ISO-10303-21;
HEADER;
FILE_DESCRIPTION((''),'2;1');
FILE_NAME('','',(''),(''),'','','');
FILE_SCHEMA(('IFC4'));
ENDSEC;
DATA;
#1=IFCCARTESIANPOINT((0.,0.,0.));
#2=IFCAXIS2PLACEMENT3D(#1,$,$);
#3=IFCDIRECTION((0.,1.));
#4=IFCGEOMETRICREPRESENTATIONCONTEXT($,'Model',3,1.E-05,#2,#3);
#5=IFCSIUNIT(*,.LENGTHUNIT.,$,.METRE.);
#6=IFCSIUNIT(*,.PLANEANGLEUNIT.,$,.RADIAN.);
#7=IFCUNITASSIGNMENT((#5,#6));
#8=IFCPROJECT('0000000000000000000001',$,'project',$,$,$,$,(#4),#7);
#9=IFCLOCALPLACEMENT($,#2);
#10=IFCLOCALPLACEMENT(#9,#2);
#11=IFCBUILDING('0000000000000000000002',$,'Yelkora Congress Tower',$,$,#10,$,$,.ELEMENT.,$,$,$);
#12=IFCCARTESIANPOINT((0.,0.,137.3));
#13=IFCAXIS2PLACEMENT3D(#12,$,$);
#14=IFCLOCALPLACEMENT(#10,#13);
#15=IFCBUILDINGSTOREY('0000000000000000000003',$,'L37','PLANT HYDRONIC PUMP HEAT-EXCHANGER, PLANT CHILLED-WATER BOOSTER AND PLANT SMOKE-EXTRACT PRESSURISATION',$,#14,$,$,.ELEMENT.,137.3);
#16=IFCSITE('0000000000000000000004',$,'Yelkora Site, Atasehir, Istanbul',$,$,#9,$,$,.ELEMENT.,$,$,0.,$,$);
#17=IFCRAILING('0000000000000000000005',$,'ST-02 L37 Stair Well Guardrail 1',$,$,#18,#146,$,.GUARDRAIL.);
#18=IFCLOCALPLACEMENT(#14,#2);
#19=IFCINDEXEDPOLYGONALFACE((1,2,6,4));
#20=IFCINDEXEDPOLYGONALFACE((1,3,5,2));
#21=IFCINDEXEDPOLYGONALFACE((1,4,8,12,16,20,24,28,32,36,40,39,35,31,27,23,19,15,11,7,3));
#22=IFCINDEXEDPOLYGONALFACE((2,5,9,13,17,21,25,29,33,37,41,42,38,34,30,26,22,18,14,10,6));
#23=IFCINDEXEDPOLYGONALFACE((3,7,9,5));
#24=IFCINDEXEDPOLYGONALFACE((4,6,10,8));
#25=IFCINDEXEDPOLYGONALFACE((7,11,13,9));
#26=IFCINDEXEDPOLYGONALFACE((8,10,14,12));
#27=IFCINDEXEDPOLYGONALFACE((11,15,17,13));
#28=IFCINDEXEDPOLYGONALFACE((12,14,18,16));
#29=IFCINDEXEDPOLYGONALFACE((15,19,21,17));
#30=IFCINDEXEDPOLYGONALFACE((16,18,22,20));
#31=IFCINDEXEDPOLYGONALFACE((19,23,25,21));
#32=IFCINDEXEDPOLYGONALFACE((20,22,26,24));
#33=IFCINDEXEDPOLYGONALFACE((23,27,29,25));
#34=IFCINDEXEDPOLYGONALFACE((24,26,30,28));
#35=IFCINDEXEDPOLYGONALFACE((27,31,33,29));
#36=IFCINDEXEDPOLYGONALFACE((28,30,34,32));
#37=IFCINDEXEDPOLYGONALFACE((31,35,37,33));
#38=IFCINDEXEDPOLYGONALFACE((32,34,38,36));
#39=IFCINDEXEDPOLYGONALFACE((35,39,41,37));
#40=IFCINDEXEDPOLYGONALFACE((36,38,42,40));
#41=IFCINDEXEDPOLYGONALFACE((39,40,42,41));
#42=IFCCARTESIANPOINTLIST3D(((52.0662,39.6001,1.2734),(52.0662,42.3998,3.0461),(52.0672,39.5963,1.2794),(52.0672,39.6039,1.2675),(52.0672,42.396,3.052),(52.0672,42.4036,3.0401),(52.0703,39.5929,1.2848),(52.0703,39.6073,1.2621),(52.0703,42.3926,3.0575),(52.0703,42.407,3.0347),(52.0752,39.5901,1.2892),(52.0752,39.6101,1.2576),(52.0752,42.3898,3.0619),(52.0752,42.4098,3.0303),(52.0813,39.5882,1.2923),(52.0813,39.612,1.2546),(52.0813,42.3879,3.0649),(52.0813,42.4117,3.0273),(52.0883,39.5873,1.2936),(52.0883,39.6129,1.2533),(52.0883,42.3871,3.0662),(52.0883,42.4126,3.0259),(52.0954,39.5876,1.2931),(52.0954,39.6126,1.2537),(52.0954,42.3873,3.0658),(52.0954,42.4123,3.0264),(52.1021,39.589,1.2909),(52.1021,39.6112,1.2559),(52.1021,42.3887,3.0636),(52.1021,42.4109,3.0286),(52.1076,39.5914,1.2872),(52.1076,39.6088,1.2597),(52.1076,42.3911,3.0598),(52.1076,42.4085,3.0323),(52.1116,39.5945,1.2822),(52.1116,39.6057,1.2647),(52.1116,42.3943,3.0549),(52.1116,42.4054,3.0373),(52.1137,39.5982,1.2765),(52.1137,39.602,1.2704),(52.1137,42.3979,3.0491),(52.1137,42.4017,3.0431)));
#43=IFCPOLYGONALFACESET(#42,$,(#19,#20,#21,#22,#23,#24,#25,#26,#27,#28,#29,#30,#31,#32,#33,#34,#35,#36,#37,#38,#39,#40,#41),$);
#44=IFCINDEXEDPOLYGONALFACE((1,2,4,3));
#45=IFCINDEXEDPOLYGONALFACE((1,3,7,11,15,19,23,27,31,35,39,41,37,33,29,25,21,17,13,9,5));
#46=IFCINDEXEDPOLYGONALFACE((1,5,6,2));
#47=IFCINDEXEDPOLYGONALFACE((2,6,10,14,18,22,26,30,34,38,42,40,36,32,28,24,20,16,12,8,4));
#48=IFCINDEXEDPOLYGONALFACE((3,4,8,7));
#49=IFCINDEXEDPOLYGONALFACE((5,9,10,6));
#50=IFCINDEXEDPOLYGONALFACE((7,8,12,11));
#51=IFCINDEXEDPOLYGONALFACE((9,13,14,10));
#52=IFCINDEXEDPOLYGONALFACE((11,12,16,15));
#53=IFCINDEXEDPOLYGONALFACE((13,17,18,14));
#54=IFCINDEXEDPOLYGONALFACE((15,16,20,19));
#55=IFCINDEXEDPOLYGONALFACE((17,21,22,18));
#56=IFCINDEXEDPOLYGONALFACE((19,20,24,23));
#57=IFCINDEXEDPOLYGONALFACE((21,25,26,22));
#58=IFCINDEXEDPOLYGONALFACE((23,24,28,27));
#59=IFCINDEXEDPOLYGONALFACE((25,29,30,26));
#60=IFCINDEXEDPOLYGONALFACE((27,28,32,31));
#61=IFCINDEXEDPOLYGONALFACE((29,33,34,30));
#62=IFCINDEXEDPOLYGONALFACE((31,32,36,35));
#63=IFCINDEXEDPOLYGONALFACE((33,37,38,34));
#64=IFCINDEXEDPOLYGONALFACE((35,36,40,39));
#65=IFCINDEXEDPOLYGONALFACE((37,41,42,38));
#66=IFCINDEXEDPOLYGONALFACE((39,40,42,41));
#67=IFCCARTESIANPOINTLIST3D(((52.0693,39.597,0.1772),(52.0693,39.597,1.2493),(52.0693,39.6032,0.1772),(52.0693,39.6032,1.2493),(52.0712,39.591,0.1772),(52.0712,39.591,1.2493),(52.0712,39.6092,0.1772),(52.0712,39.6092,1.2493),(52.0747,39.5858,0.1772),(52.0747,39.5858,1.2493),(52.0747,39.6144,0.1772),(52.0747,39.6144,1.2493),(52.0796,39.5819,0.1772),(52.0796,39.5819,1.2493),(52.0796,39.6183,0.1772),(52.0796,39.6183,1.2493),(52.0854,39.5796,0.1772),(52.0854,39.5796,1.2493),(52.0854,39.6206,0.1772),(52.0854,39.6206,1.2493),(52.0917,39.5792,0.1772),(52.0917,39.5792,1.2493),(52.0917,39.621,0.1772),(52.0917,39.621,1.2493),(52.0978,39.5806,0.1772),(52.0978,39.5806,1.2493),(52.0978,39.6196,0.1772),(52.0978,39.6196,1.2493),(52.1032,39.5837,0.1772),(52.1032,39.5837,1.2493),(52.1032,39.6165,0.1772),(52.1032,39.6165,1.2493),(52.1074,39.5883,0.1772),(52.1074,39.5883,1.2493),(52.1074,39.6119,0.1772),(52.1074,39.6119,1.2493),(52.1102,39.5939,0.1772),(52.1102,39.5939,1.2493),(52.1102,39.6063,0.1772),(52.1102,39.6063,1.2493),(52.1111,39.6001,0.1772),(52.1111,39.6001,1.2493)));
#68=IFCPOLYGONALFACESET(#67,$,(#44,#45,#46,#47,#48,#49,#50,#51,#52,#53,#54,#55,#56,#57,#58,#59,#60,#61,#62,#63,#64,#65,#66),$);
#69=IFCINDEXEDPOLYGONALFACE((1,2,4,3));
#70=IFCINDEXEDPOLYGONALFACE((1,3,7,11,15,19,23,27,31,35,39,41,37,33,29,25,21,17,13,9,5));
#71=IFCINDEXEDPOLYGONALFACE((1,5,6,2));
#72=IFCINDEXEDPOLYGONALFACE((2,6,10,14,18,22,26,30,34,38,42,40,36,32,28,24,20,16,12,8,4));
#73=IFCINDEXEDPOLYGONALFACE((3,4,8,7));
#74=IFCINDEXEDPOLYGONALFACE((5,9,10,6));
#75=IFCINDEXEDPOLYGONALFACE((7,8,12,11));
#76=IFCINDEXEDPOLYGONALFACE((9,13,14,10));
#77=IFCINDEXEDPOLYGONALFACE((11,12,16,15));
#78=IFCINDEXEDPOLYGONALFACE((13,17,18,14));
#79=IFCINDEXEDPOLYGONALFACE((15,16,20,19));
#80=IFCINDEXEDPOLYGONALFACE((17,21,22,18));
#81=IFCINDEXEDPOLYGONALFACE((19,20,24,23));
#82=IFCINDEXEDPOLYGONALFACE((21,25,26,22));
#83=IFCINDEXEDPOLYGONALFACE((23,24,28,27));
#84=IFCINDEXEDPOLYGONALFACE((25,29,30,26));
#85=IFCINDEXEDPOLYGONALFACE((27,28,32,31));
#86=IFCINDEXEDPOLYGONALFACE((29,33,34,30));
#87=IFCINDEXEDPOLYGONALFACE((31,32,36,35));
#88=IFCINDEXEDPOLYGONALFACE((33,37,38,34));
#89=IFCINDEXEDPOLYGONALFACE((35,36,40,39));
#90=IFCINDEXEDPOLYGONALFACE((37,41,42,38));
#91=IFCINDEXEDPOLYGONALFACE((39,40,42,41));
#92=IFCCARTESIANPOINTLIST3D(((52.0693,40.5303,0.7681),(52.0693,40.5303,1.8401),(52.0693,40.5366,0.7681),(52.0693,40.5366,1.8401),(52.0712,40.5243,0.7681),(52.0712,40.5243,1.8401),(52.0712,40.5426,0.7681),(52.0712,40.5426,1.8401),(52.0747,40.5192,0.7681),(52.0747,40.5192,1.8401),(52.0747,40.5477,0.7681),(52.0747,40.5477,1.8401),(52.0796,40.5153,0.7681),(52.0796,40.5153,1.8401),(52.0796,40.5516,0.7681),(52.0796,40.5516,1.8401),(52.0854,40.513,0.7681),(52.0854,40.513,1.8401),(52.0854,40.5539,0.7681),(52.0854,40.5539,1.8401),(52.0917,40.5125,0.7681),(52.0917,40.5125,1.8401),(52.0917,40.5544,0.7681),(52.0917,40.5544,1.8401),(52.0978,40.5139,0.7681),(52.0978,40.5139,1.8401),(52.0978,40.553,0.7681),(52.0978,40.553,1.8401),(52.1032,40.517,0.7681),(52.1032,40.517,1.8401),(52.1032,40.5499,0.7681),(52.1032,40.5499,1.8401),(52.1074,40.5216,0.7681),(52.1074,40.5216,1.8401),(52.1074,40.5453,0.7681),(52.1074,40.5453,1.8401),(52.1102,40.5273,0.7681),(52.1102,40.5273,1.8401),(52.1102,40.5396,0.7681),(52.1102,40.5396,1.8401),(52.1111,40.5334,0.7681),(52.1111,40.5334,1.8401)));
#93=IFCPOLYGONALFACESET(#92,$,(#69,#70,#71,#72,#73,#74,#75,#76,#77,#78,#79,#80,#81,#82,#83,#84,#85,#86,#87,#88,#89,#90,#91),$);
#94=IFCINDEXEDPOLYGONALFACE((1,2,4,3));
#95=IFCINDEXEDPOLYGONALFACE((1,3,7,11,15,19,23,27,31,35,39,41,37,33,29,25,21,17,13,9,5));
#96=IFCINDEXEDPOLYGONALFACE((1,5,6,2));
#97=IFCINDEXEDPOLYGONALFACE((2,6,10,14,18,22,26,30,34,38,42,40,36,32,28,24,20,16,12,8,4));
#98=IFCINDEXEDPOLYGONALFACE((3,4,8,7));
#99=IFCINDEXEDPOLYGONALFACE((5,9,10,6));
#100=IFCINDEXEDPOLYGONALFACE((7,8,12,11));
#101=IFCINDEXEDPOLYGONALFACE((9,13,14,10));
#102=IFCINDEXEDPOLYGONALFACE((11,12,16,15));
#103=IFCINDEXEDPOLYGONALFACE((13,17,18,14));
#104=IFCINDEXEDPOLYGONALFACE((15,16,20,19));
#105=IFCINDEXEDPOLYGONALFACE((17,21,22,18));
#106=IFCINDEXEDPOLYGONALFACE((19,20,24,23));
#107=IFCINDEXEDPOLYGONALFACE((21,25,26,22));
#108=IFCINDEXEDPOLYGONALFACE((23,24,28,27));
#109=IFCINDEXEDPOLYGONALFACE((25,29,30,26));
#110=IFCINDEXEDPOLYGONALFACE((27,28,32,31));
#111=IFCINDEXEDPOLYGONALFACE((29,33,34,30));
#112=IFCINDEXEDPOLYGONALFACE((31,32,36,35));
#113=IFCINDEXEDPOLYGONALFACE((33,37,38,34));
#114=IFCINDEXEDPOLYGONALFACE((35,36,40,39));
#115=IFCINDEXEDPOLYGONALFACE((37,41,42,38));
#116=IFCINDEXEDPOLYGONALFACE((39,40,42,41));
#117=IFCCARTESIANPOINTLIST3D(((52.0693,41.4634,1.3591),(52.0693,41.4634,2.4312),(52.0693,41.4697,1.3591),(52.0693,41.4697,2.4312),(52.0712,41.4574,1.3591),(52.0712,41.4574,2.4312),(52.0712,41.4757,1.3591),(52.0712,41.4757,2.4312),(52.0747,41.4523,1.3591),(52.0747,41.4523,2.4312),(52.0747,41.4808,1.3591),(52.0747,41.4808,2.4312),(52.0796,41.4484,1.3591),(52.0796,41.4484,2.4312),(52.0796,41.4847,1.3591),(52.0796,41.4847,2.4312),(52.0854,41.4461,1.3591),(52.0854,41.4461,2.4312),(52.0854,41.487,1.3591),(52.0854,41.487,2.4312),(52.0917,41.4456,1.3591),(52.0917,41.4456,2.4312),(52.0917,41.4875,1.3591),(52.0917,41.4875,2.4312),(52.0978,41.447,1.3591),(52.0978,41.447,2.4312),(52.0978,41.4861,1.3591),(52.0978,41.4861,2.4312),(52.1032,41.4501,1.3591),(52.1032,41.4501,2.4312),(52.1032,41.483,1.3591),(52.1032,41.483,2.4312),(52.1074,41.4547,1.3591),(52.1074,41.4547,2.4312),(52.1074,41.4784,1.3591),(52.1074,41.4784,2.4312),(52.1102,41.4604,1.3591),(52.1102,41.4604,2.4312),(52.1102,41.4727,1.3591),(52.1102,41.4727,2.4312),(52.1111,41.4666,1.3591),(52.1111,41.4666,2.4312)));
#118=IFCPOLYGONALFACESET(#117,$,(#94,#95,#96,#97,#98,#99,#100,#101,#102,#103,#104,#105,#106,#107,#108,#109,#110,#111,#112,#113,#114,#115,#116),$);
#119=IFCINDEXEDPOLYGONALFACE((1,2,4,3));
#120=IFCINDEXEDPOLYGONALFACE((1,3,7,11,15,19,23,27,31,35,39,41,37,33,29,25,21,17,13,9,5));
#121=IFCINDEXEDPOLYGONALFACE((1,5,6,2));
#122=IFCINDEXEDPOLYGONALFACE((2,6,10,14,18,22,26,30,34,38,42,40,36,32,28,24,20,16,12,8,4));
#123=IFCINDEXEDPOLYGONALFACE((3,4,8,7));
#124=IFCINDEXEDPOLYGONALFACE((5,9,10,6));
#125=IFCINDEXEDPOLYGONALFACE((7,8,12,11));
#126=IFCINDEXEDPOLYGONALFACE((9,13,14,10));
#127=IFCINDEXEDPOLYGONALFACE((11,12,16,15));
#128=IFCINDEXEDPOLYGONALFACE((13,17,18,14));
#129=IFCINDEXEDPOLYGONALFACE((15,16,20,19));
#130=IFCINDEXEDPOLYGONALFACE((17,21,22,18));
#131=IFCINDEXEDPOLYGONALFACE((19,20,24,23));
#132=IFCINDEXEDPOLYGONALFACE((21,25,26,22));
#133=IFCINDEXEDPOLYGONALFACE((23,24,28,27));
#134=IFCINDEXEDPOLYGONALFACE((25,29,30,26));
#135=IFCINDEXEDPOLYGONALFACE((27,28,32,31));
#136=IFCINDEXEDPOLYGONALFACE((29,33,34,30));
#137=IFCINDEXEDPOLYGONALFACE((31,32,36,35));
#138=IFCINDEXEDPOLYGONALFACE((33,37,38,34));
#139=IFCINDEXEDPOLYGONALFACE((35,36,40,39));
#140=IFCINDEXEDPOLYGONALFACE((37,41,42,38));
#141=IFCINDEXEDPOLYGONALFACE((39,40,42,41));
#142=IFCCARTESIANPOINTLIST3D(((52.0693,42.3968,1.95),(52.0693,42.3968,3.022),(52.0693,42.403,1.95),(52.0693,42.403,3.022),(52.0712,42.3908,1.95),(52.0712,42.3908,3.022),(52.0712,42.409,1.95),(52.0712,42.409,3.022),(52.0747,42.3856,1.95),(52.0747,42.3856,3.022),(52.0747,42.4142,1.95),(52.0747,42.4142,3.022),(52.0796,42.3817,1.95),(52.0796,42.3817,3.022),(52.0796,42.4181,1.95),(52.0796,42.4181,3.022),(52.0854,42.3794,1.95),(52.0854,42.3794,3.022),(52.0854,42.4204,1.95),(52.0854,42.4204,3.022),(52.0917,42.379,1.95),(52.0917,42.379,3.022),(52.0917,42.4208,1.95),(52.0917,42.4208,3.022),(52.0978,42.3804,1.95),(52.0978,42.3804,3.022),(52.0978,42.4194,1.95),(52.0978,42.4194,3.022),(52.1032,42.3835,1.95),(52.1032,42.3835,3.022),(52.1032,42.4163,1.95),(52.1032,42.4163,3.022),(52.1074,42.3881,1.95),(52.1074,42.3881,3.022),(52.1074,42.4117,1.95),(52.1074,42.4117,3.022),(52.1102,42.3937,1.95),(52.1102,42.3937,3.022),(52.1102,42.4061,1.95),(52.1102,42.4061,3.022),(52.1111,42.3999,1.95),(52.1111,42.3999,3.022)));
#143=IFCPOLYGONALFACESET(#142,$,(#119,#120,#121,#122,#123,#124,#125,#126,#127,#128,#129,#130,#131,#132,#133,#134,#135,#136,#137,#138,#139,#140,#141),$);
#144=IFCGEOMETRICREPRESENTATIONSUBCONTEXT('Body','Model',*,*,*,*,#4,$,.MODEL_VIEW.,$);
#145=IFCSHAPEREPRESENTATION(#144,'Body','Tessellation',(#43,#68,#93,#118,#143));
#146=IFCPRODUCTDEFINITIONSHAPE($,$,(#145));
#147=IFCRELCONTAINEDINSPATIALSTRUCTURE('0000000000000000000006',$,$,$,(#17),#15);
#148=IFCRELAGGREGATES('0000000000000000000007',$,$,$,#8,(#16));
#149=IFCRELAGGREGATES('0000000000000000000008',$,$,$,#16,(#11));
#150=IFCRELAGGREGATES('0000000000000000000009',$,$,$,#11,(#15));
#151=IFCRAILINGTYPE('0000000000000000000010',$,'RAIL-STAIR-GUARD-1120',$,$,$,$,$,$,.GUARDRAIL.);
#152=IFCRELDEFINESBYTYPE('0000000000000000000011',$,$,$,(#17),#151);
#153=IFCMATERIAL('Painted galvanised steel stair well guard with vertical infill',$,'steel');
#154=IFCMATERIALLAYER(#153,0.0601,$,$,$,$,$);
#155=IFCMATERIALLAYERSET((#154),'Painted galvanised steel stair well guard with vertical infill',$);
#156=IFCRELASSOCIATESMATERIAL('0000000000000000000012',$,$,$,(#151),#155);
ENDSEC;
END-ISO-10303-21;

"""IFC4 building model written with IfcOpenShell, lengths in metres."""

from ifc_helpers import new_model, si_unit, direction, frame, origin, origin_2d, place, context, subcontext, project, spatial, circle, extrude, material, layer, layer_set, type_object, element, save


model = new_model("IFC4")

# Units and contexts
model_context = context("Model", 3, precision=1e-05, world=origin(), true_north=direction((0.0, 1.0)))
body_context = subcontext(model_context, "Body", "Model", "MODEL_VIEW")
ifc_project = project(units=[si_unit("LENGTHUNIT", "METRE"), si_unit("PLANEANGLEUNIT", "RADIAN")], contexts=[model_context])

# Site, building, storey
site_placement = place(None, origin())
site = spatial("IfcSite", under=ifc_project, at=site_placement, Name="Yelkora Site, Atasehir, Istanbul", CompositionType="ELEMENT", RefElevation=0.0)
building_placement = place(site_placement, origin())
building = spatial("IfcBuilding", under=site, at=building_placement, Name="Yelkora Congress Tower", CompositionType="ELEMENT")
storey_placement = place(building_placement, frame((0.0, 0.0, 137.3)))
storey = spatial("IfcBuildingStorey", under=building, at=storey_placement, Name="L37", Description="PLANT HYDRONIC PUMP HEAT-EXCHANGER, PLANT CHILLED-WATER BOOSTER AND PLANT SMOKE-EXTRACT PRESSURISATION", CompositionType="ELEMENT", Elevation=137.3)

# Railing
ifc_material_1 = material(Name="Painted galvanised steel stair well guard with vertical infill", Category="steel")
ifc_layer_1 = layer(ifc_material_1, 0.0601)
ifc_layer_set_1 = layer_set([ifc_layer_1], Name="Painted galvanised steel stair well guard with vertical infill")
railing_type_1 = type_object("IfcRailingType", Name="RAIL-STAIR-GUARD-1120", PredefinedType="GUARDRAIL", material=ifc_layer_set_1)
railing_1_placement = place(storey_placement, frame((52.0901, 39.6001, 0.1772)))
element("IfcRailing", 1, at=railing_1_placement, inside=storey, type_object=railing_type_1, Name="ST-02 L37 Stair Well Guardrail 1", PredefinedType="GUARDRAIL", context=body_context, shape_type="SweptSolid", body=[
    extrude(circle(Radius=0.0239, at=origin_2d()), frame((0.0, 0.0, 1.0962), z_axis=(0.0, 0.844888, 0.534943), x_axis=(-1.0, 0.0, 0.0)), (0.0, 0.0, 1.0), 3.3137),
    extrude(circle(Radius=0.021, at=origin_2d()), origin(), (0.0, 0.0, 1.0), 1.072),
    extrude(circle(Radius=0.021, at=origin_2d()), frame((0.0, 0.9333, 0.5908)), (0.0, 0.0, 1.0), 1.072),
    extrude(circle(Radius=0.021, at=origin_2d()), frame((0.0, 1.8665, 1.1819)), (0.0, 0.0, 1.0), 1.072),
    extrude(circle(Radius=0.021, at=origin_2d()), frame((0.0, 2.7998, 1.7727)), (0.0, 0.0, 1.0), 1.072),
])

save(model, "model.ifc")
